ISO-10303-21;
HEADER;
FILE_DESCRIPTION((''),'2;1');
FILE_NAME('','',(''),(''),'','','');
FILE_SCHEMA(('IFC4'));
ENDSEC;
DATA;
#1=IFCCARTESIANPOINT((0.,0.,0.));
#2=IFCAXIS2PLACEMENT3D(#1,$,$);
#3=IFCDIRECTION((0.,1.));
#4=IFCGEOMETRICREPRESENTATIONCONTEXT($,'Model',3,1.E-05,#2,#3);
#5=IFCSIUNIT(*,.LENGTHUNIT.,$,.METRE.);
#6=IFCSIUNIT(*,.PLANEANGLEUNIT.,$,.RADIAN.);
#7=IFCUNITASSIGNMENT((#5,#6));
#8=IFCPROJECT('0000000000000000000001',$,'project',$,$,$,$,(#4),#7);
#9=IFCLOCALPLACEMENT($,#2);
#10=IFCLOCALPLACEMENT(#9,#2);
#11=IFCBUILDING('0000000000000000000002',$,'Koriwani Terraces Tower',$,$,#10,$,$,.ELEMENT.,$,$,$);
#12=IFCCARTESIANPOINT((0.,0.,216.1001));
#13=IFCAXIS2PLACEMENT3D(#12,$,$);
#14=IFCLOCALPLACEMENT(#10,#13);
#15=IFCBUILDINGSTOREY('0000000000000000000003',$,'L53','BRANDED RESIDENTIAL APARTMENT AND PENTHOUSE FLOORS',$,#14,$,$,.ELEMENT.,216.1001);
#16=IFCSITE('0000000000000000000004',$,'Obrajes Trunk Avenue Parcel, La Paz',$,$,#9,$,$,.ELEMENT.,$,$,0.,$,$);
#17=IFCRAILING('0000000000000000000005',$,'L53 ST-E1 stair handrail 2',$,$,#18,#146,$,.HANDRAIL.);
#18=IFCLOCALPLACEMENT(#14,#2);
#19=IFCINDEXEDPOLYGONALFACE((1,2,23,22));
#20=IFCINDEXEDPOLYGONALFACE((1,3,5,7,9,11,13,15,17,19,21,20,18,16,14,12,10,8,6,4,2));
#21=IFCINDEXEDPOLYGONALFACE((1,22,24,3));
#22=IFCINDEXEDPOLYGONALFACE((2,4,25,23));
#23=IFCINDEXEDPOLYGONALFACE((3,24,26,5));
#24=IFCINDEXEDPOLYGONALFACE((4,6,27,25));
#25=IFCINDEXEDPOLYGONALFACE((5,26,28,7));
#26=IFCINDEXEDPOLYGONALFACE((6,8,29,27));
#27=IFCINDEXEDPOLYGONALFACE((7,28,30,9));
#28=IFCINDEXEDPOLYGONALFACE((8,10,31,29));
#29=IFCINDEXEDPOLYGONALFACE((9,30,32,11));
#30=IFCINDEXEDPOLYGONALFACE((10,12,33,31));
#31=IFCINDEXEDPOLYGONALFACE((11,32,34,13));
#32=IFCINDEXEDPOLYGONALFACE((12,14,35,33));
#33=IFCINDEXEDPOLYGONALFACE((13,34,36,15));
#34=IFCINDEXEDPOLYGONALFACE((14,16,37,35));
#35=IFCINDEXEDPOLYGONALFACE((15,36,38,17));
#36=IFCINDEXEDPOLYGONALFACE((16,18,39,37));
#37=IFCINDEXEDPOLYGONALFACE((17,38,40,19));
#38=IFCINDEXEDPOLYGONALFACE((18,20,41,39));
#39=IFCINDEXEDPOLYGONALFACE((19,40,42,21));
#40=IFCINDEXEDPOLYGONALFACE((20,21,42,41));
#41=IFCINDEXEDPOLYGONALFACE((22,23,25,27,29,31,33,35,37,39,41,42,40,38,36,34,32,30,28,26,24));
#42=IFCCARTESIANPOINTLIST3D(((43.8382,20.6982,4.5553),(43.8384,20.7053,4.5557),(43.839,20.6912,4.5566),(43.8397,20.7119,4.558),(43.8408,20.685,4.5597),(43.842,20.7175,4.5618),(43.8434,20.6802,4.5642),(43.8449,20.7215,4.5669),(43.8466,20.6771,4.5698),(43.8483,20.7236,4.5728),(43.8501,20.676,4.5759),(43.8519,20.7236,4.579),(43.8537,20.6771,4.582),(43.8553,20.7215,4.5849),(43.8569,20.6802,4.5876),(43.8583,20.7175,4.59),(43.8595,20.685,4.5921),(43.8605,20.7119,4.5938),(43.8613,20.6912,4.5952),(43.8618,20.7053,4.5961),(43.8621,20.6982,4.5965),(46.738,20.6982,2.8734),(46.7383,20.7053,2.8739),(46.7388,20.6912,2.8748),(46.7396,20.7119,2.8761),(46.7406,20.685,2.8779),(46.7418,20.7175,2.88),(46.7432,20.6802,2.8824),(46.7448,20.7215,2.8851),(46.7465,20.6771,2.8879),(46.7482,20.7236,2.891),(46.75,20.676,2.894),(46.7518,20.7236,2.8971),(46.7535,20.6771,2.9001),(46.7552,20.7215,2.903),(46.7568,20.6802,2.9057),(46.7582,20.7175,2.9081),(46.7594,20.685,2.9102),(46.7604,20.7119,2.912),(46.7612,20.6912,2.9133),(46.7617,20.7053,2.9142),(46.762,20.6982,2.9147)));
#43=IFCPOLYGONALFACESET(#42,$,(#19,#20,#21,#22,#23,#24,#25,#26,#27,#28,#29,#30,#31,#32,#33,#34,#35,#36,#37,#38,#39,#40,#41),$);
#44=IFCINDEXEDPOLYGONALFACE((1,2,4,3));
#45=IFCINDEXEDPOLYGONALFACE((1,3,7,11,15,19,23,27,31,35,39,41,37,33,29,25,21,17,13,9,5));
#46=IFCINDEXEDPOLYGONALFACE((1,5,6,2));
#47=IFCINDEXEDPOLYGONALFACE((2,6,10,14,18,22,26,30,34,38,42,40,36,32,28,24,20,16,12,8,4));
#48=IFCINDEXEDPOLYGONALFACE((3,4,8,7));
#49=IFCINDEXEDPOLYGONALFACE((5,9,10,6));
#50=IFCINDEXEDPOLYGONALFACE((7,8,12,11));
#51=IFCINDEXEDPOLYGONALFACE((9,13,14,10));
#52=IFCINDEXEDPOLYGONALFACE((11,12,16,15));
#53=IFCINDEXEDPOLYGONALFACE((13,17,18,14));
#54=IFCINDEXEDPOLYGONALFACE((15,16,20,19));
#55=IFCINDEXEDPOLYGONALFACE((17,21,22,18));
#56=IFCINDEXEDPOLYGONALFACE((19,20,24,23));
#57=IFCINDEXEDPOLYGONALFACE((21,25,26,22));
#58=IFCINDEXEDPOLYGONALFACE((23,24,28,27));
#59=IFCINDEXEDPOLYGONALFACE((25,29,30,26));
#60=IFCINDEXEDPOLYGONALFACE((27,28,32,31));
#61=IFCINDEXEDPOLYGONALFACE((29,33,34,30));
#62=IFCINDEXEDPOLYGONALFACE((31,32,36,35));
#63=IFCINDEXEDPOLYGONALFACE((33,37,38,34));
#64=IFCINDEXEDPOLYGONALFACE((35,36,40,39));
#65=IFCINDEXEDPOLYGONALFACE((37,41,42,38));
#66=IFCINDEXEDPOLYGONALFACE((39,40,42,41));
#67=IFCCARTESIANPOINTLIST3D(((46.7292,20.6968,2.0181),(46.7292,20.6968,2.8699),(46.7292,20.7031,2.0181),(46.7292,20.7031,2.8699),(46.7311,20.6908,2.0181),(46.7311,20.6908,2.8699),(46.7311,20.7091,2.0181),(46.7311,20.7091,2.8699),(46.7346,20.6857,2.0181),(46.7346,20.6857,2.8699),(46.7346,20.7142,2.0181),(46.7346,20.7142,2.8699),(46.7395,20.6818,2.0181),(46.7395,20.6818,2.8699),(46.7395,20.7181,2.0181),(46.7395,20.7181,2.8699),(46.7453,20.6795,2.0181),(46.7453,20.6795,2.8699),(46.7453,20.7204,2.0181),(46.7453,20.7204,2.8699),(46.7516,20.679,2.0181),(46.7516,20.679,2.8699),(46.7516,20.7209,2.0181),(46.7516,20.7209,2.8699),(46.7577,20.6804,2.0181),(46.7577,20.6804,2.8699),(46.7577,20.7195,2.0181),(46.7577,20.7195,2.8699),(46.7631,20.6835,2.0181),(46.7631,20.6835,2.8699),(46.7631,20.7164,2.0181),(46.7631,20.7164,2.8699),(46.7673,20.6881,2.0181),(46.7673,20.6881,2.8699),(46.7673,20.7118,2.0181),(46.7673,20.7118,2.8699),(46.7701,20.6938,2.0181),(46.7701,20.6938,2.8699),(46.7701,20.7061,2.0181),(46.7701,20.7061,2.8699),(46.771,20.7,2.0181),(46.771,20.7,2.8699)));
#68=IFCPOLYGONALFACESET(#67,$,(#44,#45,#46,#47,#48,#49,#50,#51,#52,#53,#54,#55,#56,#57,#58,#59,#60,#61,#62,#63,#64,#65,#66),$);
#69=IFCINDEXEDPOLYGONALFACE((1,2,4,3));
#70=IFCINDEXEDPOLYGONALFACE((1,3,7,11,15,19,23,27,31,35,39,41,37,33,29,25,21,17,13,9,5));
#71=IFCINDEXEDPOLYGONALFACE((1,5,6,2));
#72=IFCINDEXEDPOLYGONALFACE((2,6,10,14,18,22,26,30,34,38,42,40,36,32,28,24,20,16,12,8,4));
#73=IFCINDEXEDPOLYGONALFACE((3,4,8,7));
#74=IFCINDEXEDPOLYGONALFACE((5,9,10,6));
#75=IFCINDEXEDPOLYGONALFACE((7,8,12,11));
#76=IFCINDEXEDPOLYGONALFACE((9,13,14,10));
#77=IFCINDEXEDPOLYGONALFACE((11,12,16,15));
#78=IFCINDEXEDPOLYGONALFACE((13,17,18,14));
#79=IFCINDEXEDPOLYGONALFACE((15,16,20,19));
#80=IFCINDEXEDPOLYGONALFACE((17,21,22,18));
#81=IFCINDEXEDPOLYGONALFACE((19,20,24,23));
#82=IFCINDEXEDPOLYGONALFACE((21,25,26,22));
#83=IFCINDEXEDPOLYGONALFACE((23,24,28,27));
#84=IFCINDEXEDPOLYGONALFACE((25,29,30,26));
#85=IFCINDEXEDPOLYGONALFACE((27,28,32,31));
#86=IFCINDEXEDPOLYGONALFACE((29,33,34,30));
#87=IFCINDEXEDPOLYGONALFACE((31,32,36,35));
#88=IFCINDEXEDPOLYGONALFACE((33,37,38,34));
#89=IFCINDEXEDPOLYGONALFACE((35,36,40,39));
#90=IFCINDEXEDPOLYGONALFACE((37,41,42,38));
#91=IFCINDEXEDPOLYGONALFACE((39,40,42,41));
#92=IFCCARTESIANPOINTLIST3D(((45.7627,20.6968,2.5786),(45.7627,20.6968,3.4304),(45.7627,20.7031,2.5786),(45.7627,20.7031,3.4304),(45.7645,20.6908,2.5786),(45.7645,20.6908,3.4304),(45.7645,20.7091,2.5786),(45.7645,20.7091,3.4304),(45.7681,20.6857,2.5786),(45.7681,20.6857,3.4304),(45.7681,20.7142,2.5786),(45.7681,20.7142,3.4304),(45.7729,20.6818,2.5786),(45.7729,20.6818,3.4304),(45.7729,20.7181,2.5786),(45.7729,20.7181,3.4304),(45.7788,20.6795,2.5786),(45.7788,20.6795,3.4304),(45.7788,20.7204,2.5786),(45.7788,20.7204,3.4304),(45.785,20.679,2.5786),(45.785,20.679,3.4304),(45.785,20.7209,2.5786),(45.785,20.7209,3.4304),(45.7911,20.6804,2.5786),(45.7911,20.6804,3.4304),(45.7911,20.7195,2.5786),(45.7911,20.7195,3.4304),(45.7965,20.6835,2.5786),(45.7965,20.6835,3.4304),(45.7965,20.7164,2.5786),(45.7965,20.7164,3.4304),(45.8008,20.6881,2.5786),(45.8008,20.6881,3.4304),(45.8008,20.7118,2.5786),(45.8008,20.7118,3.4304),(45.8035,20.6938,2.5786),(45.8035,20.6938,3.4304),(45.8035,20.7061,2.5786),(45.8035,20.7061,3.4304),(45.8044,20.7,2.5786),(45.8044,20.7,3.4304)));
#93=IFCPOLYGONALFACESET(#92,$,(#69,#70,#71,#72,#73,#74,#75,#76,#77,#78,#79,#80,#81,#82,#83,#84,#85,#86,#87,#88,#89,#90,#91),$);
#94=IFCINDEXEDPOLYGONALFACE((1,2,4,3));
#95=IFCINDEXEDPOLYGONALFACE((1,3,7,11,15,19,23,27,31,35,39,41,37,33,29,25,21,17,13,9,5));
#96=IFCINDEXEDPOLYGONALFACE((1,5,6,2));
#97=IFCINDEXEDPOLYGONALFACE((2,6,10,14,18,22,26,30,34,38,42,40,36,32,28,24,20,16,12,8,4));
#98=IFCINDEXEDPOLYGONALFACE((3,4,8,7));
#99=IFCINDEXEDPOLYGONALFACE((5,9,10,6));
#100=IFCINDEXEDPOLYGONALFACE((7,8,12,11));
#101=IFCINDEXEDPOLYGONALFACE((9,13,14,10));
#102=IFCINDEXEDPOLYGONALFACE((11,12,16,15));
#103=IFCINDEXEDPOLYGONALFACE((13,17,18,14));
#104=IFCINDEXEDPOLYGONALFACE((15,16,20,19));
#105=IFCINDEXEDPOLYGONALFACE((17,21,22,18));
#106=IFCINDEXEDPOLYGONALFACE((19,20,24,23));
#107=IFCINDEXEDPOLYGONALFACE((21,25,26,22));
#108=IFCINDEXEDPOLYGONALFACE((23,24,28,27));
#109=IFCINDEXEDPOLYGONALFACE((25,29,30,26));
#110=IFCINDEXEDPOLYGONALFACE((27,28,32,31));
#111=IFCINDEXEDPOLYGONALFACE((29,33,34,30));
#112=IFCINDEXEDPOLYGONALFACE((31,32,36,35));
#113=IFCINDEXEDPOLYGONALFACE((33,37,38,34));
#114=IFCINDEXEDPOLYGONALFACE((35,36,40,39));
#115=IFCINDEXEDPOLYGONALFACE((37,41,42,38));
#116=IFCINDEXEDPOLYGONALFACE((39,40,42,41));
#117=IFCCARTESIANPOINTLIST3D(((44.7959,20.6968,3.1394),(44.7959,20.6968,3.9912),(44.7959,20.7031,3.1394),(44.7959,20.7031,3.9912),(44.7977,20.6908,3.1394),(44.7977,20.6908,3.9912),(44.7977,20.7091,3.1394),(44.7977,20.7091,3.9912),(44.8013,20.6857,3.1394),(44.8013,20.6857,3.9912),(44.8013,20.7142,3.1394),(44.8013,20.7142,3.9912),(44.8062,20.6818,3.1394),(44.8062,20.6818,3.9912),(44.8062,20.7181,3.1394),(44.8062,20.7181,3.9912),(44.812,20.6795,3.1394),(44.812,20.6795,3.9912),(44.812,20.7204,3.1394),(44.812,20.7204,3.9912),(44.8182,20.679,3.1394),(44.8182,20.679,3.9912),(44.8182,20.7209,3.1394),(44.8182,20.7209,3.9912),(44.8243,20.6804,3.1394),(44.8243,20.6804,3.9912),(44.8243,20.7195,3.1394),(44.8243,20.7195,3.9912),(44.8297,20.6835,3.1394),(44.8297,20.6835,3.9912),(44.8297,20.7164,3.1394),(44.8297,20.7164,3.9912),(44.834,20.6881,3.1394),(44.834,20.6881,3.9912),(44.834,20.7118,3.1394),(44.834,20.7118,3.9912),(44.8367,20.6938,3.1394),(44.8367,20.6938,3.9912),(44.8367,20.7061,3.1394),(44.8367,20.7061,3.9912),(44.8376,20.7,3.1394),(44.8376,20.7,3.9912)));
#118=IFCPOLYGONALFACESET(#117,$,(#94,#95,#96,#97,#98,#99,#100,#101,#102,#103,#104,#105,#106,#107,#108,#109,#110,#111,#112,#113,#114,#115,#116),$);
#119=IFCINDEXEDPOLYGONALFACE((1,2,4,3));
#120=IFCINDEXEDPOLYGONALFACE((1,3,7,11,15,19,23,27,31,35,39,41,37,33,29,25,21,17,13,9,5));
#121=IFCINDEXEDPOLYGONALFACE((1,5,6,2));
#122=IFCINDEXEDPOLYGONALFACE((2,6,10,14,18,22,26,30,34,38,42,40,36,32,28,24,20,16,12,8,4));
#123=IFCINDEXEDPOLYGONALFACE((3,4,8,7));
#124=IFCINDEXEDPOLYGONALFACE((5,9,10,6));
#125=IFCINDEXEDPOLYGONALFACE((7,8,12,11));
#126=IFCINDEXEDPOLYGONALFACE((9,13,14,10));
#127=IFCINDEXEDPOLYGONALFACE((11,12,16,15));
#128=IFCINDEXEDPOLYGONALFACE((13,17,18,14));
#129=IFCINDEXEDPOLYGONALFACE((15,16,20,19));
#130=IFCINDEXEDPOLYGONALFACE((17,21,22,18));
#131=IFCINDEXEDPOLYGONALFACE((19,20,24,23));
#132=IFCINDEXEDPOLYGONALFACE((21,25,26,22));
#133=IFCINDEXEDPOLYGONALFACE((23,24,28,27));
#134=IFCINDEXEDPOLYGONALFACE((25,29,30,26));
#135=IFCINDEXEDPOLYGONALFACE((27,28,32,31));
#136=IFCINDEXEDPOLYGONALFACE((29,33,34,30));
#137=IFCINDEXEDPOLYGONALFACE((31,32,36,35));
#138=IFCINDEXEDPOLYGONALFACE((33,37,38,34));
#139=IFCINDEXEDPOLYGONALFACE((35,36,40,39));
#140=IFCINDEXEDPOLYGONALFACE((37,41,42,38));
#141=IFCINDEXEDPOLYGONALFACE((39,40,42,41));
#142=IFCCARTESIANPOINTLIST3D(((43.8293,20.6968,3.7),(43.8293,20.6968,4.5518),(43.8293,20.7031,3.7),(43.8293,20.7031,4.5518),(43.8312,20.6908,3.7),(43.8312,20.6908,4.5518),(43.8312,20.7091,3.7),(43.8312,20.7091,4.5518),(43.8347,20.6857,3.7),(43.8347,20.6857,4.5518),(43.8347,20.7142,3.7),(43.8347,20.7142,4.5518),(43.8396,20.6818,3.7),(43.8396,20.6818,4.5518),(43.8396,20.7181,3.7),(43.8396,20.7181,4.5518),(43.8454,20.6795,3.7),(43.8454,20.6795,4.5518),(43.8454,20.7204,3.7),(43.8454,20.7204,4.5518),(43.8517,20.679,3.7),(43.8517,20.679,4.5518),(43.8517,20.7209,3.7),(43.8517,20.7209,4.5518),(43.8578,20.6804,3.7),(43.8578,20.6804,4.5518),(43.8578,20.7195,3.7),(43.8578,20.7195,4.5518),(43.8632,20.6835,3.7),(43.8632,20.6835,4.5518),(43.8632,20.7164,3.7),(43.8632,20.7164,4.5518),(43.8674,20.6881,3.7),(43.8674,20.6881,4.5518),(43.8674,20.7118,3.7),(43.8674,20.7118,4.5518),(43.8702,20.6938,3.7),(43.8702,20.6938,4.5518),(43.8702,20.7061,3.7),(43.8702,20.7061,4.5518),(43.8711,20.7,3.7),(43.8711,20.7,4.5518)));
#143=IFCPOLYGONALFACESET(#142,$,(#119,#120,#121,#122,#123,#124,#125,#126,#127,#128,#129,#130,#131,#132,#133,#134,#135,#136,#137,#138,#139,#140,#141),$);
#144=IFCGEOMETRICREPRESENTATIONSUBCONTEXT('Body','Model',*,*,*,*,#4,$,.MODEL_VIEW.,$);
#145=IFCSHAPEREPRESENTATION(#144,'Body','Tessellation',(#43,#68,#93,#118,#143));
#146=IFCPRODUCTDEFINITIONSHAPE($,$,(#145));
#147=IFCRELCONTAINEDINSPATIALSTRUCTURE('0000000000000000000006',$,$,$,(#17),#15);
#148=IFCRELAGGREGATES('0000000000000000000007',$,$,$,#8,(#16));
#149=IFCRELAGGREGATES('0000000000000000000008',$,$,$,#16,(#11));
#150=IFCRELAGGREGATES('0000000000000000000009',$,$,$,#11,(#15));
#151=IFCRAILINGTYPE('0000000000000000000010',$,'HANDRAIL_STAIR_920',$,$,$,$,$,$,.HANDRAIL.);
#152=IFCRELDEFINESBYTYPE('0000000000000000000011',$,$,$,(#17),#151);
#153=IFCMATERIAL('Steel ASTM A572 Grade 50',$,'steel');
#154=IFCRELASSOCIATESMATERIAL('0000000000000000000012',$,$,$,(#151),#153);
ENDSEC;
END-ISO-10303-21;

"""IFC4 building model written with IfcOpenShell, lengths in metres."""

from ifc_helpers import new_model, si_unit, direction, frame, origin, origin_2d, place, context, subcontext, project, spatial, circle, extrude, material, type_object, element, save


model = new_model("IFC4")

# Units and contexts
model_context = context("Model", 3, precision=1e-05, world=origin(), true_north=direction((0.0, 1.0)))
body_context = subcontext(model_context, "Body", "Model", "MODEL_VIEW")
ifc_project = project(units=[si_unit("LENGTHUNIT", "METRE"), si_unit("PLANEANGLEUNIT", "RADIAN")], contexts=[model_context])

# Site, building, storey
site_placement = place(None, origin())
site = spatial("IfcSite", under=ifc_project, at=site_placement, Name="Obrajes Trunk Avenue Parcel, La Paz", CompositionType="ELEMENT", RefElevation=0.0)
building_placement = place(site_placement, origin())
building = spatial("IfcBuilding", under=site, at=building_placement, Name="Koriwani Terraces Tower", CompositionType="ELEMENT")
storey_placement = place(building_placement, frame((0.0, 0.0, 216.1001)))
storey = spatial("IfcBuildingStorey", under=building, at=storey_placement, Name="L53", Description="BRANDED RESIDENTIAL APARTMENT AND PENTHOUSE FLOORS", CompositionType="ELEMENT", Elevation=216.1001)

# Shared definitions
ifc_material_1 = material(Name="Steel ASTM A572 Grade 50", Category="steel")

# Railing
railing_type_1 = type_object("IfcRailingType", Name="HANDRAIL_STAIR_920", PredefinedType="HANDRAIL", material=ifc_material_1)
railing_1_placement = place(storey_placement, frame((46.75, 20.7, 2.0181)))
element("IfcRailing", 1, at=railing_1_placement, inside=storey, type_object=railing_type_1, Name="L53 ST-E1 stair handrail 2", PredefinedType="HANDRAIL", context=body_context, shape_type="SweptSolid", body=[
    extrude(circle(Radius=0.0239, at=origin_2d()), frame((0.0, 0.0, 0.876), z_axis=(-0.865039, 0.0, 0.501705), x_axis=(0.0, -1.0, 0.0)), (0.0, 0.0, 1.0), 3.3523),
    extrude(circle(Radius=0.021, at=origin_2d()), origin(), (0.0, 0.0, 1.0), 0.8518),
    extrude(circle(Radius=0.021, at=origin_2d()), frame((-0.9666, 0.0, 0.5605)), (0.0, 0.0, 1.0), 0.8518),
    extrude(circle(Radius=0.021, at=origin_2d()), frame((-1.9333, 0.0, 1.1213)), (0.0, 0.0, 1.0), 0.8518),
    extrude(circle(Radius=0.021, at=origin_2d()), frame((-2.8999, 0.0, 1.6819)), (0.0, 0.0, 1.0), 0.8518),
])

save(model, "model.ifc")
